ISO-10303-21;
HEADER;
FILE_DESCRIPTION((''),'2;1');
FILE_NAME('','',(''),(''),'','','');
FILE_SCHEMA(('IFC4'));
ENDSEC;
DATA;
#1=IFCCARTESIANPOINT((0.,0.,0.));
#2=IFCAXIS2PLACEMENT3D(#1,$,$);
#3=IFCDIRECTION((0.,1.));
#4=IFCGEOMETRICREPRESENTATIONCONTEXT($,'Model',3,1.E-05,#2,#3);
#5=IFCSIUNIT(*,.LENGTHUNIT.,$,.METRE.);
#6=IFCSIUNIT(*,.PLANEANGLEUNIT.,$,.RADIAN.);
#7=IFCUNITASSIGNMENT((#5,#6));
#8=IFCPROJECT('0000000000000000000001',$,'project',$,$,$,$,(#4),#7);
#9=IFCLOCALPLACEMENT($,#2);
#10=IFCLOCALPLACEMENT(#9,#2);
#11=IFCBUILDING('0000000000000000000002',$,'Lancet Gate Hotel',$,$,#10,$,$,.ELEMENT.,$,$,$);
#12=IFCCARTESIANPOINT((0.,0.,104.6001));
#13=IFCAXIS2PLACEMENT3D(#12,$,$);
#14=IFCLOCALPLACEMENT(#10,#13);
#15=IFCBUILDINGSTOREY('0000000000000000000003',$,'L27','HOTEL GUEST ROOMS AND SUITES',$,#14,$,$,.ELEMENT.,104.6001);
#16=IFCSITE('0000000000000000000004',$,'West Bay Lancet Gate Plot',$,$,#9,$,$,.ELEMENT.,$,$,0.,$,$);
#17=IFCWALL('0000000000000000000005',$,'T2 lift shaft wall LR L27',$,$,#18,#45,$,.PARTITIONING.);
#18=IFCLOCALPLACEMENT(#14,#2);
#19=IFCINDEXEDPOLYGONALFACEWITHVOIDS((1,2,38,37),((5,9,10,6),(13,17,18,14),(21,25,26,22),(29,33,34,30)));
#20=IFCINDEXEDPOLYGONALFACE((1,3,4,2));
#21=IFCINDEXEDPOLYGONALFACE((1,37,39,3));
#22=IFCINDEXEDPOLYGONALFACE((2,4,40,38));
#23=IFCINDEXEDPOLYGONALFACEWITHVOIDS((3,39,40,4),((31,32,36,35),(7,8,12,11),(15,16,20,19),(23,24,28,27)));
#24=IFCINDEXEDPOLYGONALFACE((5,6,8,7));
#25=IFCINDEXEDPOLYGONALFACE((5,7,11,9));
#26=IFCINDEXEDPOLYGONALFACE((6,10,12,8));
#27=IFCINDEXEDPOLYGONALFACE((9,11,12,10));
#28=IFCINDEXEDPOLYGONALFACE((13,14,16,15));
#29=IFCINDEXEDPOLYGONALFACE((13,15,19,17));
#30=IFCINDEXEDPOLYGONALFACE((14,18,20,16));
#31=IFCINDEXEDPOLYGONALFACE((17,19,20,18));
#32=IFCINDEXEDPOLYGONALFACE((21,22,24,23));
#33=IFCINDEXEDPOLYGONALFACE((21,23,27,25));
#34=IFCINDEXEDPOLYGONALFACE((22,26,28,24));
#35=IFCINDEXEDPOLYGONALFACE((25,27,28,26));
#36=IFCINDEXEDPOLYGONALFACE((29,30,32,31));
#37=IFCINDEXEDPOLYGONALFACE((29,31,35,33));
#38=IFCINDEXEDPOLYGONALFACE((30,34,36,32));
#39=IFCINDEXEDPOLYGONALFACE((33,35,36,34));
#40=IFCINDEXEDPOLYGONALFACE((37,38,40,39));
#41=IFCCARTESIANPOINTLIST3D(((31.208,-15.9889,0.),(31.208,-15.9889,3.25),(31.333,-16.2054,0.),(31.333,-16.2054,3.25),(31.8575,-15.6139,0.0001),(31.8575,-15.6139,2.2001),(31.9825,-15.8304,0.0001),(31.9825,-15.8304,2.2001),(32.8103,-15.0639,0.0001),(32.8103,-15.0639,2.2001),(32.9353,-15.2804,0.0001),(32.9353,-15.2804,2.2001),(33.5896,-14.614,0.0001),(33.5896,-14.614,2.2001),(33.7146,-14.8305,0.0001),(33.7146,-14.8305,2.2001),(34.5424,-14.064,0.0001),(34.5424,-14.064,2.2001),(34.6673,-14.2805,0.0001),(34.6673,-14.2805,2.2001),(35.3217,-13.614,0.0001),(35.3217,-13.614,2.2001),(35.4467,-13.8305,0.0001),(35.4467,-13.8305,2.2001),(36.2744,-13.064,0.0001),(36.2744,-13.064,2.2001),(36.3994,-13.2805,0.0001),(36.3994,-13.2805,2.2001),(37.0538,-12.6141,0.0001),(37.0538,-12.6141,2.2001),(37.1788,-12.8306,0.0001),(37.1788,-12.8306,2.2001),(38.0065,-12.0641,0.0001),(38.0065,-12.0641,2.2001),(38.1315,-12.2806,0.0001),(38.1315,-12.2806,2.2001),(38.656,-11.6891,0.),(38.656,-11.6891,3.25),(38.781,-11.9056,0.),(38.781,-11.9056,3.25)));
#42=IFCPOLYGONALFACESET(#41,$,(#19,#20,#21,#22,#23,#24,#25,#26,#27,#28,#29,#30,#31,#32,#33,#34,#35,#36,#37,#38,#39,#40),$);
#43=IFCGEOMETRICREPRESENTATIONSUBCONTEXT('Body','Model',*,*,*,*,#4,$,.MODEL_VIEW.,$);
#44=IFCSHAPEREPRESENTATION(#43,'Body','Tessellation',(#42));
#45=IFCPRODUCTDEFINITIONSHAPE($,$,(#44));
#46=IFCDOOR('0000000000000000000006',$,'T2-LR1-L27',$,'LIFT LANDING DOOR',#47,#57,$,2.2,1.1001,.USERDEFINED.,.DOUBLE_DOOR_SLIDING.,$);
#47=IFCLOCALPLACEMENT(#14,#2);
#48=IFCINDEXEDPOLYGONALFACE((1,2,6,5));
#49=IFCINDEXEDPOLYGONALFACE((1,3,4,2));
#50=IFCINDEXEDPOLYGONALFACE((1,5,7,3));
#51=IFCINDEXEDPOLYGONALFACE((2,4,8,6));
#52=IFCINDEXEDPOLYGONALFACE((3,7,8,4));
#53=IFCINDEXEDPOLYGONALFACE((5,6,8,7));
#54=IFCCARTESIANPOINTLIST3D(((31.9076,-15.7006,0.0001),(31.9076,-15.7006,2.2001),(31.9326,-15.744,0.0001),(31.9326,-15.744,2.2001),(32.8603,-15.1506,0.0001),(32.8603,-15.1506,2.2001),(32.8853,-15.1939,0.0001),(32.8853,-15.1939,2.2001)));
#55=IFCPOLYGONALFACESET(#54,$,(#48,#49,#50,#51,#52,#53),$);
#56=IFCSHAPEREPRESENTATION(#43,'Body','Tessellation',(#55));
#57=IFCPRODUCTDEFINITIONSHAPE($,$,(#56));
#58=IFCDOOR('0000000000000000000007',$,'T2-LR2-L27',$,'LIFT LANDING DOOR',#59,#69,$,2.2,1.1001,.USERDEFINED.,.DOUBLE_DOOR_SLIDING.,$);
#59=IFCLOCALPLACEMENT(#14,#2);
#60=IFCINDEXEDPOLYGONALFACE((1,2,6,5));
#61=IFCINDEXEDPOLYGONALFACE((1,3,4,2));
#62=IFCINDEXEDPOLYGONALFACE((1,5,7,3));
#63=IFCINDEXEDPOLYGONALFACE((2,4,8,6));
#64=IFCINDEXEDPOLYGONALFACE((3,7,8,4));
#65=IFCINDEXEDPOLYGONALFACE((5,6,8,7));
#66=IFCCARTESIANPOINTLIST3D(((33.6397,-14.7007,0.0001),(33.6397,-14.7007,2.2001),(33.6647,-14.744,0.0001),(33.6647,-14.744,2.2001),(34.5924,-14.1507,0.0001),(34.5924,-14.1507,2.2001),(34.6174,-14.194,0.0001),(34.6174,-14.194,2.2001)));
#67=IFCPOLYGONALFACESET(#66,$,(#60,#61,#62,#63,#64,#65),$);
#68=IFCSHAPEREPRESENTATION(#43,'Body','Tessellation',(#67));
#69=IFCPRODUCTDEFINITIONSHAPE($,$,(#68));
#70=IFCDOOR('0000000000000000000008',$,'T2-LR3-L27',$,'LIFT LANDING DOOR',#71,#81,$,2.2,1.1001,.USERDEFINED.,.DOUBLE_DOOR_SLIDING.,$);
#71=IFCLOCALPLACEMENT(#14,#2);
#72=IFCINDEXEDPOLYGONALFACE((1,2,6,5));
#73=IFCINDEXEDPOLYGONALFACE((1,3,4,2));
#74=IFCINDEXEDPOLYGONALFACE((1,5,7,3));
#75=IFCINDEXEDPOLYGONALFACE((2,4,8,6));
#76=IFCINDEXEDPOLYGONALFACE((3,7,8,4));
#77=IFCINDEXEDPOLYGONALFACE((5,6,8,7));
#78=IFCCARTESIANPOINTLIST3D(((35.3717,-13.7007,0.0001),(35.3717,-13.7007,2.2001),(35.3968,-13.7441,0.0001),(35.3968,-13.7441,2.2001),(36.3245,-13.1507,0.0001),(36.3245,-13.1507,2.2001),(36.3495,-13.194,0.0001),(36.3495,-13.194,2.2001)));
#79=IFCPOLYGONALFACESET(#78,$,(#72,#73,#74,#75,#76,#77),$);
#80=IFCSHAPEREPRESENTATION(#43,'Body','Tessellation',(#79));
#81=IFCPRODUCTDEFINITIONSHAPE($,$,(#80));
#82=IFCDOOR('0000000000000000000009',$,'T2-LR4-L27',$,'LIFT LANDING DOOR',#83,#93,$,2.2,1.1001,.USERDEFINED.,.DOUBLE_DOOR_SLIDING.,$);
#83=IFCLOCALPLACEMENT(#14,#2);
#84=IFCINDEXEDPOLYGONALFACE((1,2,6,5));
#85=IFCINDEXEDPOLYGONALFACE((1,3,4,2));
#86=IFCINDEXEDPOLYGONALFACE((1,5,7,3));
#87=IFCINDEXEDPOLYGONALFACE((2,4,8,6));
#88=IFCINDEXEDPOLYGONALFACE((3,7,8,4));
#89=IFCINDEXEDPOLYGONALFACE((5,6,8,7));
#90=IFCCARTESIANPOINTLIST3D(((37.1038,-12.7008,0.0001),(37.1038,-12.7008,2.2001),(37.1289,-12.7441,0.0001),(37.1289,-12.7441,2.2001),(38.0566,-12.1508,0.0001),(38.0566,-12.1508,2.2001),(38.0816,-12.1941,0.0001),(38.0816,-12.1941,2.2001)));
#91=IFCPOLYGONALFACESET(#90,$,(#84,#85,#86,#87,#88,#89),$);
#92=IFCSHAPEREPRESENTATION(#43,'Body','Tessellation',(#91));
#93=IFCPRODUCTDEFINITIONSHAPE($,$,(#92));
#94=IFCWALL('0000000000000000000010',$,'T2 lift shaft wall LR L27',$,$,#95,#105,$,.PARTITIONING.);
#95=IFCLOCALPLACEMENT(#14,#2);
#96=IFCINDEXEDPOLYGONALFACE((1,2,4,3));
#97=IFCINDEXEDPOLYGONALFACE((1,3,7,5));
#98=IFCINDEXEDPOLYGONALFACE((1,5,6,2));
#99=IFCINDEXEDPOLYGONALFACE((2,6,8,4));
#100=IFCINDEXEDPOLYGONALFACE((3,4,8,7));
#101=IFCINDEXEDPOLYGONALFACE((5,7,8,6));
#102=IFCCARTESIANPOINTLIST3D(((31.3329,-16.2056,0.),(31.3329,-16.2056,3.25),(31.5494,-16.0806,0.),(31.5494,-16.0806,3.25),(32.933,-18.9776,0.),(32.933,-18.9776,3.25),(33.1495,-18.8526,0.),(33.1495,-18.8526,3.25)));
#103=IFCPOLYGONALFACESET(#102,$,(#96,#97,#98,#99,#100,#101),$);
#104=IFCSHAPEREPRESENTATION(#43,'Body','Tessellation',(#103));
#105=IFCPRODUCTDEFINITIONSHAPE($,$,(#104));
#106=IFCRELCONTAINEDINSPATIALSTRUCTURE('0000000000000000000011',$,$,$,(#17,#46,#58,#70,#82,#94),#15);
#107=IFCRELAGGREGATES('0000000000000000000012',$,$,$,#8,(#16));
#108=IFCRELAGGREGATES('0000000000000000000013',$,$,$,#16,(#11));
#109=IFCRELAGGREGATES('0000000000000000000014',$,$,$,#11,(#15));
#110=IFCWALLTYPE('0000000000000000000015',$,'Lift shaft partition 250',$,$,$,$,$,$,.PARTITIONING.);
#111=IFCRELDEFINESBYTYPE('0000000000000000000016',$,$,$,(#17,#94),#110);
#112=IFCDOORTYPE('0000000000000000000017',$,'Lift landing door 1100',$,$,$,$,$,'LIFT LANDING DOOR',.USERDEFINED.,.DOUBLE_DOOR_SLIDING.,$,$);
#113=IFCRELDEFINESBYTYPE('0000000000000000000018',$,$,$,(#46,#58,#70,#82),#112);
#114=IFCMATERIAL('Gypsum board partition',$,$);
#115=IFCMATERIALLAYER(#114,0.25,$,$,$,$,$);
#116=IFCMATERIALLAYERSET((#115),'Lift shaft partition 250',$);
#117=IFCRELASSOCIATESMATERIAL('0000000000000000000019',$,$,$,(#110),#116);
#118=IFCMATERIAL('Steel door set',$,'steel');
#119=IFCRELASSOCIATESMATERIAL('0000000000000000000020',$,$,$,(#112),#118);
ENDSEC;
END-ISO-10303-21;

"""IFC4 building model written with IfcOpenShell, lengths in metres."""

from ifc_helpers import new_model, si_unit, direction, frame, frame_2d, origin, place, context, subcontext, project, spatial, rectangle, extrude, material, layer, layer_set, type_object, element, fill, save


model = new_model("IFC4")

# Units and contexts
model_context = context("Model", 3, precision=1e-05, world=origin(), true_north=direction((0.0, 1.0)))
body_context = subcontext(model_context, "Body", "Model", "MODEL_VIEW")
ifc_project = project(units=[si_unit("LENGTHUNIT", "METRE"), si_unit("PLANEANGLEUNIT", "RADIAN")], contexts=[model_context])

# Site, building, storey
site_placement = place(None, origin())
site = spatial("IfcSite", under=ifc_project, at=site_placement, Name="West Bay Lancet Gate Plot", CompositionType="ELEMENT", RefElevation=0.0)
building_placement = place(site_placement, origin())
building = spatial("IfcBuilding", under=site, at=building_placement, Name="Lancet Gate Hotel", CompositionType="ELEMENT")
storey_placement = place(building_placement, frame((0.0, 0.0, 104.6001)))
storey = spatial("IfcBuildingStorey", under=building, at=storey_placement, Name="L27", Description="HOTEL GUEST ROOMS AND SUITES", CompositionType="ELEMENT", Elevation=104.6001)

# Wall, openings, doors
ifc_material_1 = material(Name="Gypsum board partition")
ifc_layer_1 = layer(ifc_material_1, 0.25)
ifc_layer_set_1 = layer_set([ifc_layer_1], Name="Lift shaft partition 250")
wall_type_1 = type_object("IfcWallType", Name="Lift shaft partition 250", PredefinedType="PARTITIONING", material=ifc_layer_set_1)
wall_1_placement = place(storey_placement, frame((31.2705, -16.0972, 0.0), z_axis=(0.0, 0.0, 1.0), x_axis=(0.86604, 0.499974, 0.0)))
wall_1 = element("IfcWall", 1, at=wall_1_placement, inside=storey, type_object=wall_type_1, Name="T2 lift shaft wall LR L27", PredefinedType="PARTITIONING", context=body_context, shape_type="SweptSolid", body=[
    extrude(rectangle(XDim=8.6001, YDim=0.25, at=frame_2d((4.3, 0.0))), origin(), (0.0, 0.0, 1.0), 3.25),
])
opening_1_placement = place(wall_1_placement, frame((0.75, 0.0, 0.0)))
opening_1 = element("IfcOpeningElement", 2, at=opening_1_placement, cuts=wall_1, PredefinedType="OPENING", context=body_context, shape_type="SweptSolid", body=[
    extrude(rectangle(XDim=1.1001, YDim=2.2, at=frame_2d((0.55, 1.1001))), frame((0.0, 0.135, 0.0), z_axis=(0.0, -1.0, 0.0), x_axis=(1.0, 0.0, 0.0)), (0.0, 0.0, 1.0), 0.27),
])
opening_2_placement = place(wall_1_placement, frame((2.75, 0.0, 0.0)))
opening_2 = element("IfcOpeningElement", 3, at=opening_2_placement, cuts=wall_1, PredefinedType="OPENING", context=body_context, shape_type="SweptSolid", body=[
    extrude(rectangle(XDim=1.1001, YDim=2.2, at=frame_2d((0.55, 1.1001))), frame((0.0, 0.135, 0.0), z_axis=(0.0, -1.0, 0.0), x_axis=(1.0, 0.0, 0.0)), (0.0, 0.0, 1.0), 0.27),
])
opening_3_placement = place(wall_1_placement, frame((4.75, 0.0, 0.0)))
opening_3 = element("IfcOpeningElement", 4, at=opening_3_placement, cuts=wall_1, PredefinedType="OPENING", context=body_context, shape_type="SweptSolid", body=[
    extrude(rectangle(XDim=1.1001, YDim=2.2, at=frame_2d((0.55, 1.1001))), frame((0.0, 0.135, 0.0), z_axis=(0.0, -1.0, 0.0), x_axis=(1.0, 0.0, 0.0)), (0.0, 0.0, 1.0), 0.27),
])
opening_4_placement = place(wall_1_placement, frame((6.75, 0.0, 0.0)))
opening_4 = element("IfcOpeningElement", 5, at=opening_4_placement, cuts=wall_1, PredefinedType="OPENING", context=body_context, shape_type="SweptSolid", body=[
    extrude(rectangle(XDim=1.1001, YDim=2.2, at=frame_2d((0.55, 1.1001))), frame((0.0, 0.135, 0.0), z_axis=(0.0, -1.0, 0.0), x_axis=(1.0, 0.0, 0.0)), (0.0, 0.0, 1.0), 0.27),
])
ifc_material_2 = material(Name="Steel door set", Category="steel")
door_type_1 = type_object("IfcDoorType", Name="Lift landing door 1100", ElementType="LIFT LANDING DOOR", OperationType="DOUBLE_DOOR_SLIDING", PredefinedType="USERDEFINED", material=ifc_material_2)
door_1_placement = place(opening_1_placement, origin())
door_1 = element("IfcDoor", 6, at=door_1_placement, inside=storey, type_object=door_type_1, Name="T2-LR1-L27", ObjectType="LIFT LANDING DOOR", OperationType="DOUBLE_DOOR_SLIDING", OverallHeight=2.2, OverallWidth=1.1001, PredefinedType="USERDEFINED", context=body_context, shape_type="SweptSolid", body=[
    extrude(rectangle(XDim=1.1001, YDim=2.2, at=frame_2d((0.55, 1.1001))), frame((0.0, 0.0249, 0.0), z_axis=(0.0, -1.0, 0.0), x_axis=(1.0, 0.0, 0.0)), (0.0, 0.0, 1.0), 0.05),
])
fill(opening_1, door_1)
door_2_placement = place(opening_2_placement, origin())
door_2 = element("IfcDoor", 7, at=door_2_placement, inside=storey, type_object=door_type_1, Name="T2-LR2-L27", ObjectType="LIFT LANDING DOOR", OperationType="DOUBLE_DOOR_SLIDING", OverallHeight=2.2, OverallWidth=1.1001, PredefinedType="USERDEFINED", context=body_context, shape_type="SweptSolid", body=[
    extrude(rectangle(XDim=1.1001, YDim=2.2, at=frame_2d((0.55, 1.1001))), frame((0.0, 0.0249, 0.0), z_axis=(0.0, -1.0, 0.0), x_axis=(1.0, 0.0, 0.0)), (0.0, 0.0, 1.0), 0.05),
])
fill(opening_2, door_2)
door_3_placement = place(opening_3_placement, origin())
door_3 = element("IfcDoor", 8, at=door_3_placement, inside=storey, type_object=door_type_1, Name="T2-LR3-L27", ObjectType="LIFT LANDING DOOR", OperationType="DOUBLE_DOOR_SLIDING", OverallHeight=2.2, OverallWidth=1.1001, PredefinedType="USERDEFINED", context=body_context, shape_type="SweptSolid", body=[
    extrude(rectangle(XDim=1.1001, YDim=2.2, at=frame_2d((0.55, 1.1001))), frame((0.0, 0.0249, 0.0), z_axis=(0.0, -1.0, 0.0), x_axis=(1.0, 0.0, 0.0)), (0.0, 0.0, 1.0), 0.05),
])
fill(opening_3, door_3)
door_4_placement = place(opening_4_placement, origin())
door_4 = element("IfcDoor", 9, at=door_4_placement, inside=storey, type_object=door_type_1, Name="T2-LR4-L27", ObjectType="LIFT LANDING DOOR", OperationType="DOUBLE_DOOR_SLIDING", OverallHeight=2.2, OverallWidth=1.1001, PredefinedType="USERDEFINED", context=body_context, shape_type="SweptSolid", body=[
    extrude(rectangle(XDim=1.1001, YDim=2.2, at=frame_2d((0.55, 1.1001))), frame((0.0, 0.0249, 0.0), z_axis=(0.0, -1.0, 0.0), x_axis=(1.0, 0.0, 0.0)), (0.0, 0.0, 1.0), 0.05),
])
fill(opening_4, door_4)

# Wall
wall_2_placement = place(storey_placement, frame((31.4412, -16.1431, 0.0), z_axis=(0.0, 0.0, 1.0), x_axis=(0.499929, -0.866066, 0.0)))
element("IfcWall", 10, at=wall_2_placement, inside=storey, type_object=wall_type_1, Name="T2 lift shaft wall LR L27", PredefinedType="PARTITIONING", context=body_context, shape_type="SweptSolid", body=[
    extrude(rectangle(XDim=3.2007, YDim=0.25, at=frame_2d((1.6003, 0.0))), origin(), (0.0, 0.0, 1.0), 3.25),
])

save(model, "model.ifc")
